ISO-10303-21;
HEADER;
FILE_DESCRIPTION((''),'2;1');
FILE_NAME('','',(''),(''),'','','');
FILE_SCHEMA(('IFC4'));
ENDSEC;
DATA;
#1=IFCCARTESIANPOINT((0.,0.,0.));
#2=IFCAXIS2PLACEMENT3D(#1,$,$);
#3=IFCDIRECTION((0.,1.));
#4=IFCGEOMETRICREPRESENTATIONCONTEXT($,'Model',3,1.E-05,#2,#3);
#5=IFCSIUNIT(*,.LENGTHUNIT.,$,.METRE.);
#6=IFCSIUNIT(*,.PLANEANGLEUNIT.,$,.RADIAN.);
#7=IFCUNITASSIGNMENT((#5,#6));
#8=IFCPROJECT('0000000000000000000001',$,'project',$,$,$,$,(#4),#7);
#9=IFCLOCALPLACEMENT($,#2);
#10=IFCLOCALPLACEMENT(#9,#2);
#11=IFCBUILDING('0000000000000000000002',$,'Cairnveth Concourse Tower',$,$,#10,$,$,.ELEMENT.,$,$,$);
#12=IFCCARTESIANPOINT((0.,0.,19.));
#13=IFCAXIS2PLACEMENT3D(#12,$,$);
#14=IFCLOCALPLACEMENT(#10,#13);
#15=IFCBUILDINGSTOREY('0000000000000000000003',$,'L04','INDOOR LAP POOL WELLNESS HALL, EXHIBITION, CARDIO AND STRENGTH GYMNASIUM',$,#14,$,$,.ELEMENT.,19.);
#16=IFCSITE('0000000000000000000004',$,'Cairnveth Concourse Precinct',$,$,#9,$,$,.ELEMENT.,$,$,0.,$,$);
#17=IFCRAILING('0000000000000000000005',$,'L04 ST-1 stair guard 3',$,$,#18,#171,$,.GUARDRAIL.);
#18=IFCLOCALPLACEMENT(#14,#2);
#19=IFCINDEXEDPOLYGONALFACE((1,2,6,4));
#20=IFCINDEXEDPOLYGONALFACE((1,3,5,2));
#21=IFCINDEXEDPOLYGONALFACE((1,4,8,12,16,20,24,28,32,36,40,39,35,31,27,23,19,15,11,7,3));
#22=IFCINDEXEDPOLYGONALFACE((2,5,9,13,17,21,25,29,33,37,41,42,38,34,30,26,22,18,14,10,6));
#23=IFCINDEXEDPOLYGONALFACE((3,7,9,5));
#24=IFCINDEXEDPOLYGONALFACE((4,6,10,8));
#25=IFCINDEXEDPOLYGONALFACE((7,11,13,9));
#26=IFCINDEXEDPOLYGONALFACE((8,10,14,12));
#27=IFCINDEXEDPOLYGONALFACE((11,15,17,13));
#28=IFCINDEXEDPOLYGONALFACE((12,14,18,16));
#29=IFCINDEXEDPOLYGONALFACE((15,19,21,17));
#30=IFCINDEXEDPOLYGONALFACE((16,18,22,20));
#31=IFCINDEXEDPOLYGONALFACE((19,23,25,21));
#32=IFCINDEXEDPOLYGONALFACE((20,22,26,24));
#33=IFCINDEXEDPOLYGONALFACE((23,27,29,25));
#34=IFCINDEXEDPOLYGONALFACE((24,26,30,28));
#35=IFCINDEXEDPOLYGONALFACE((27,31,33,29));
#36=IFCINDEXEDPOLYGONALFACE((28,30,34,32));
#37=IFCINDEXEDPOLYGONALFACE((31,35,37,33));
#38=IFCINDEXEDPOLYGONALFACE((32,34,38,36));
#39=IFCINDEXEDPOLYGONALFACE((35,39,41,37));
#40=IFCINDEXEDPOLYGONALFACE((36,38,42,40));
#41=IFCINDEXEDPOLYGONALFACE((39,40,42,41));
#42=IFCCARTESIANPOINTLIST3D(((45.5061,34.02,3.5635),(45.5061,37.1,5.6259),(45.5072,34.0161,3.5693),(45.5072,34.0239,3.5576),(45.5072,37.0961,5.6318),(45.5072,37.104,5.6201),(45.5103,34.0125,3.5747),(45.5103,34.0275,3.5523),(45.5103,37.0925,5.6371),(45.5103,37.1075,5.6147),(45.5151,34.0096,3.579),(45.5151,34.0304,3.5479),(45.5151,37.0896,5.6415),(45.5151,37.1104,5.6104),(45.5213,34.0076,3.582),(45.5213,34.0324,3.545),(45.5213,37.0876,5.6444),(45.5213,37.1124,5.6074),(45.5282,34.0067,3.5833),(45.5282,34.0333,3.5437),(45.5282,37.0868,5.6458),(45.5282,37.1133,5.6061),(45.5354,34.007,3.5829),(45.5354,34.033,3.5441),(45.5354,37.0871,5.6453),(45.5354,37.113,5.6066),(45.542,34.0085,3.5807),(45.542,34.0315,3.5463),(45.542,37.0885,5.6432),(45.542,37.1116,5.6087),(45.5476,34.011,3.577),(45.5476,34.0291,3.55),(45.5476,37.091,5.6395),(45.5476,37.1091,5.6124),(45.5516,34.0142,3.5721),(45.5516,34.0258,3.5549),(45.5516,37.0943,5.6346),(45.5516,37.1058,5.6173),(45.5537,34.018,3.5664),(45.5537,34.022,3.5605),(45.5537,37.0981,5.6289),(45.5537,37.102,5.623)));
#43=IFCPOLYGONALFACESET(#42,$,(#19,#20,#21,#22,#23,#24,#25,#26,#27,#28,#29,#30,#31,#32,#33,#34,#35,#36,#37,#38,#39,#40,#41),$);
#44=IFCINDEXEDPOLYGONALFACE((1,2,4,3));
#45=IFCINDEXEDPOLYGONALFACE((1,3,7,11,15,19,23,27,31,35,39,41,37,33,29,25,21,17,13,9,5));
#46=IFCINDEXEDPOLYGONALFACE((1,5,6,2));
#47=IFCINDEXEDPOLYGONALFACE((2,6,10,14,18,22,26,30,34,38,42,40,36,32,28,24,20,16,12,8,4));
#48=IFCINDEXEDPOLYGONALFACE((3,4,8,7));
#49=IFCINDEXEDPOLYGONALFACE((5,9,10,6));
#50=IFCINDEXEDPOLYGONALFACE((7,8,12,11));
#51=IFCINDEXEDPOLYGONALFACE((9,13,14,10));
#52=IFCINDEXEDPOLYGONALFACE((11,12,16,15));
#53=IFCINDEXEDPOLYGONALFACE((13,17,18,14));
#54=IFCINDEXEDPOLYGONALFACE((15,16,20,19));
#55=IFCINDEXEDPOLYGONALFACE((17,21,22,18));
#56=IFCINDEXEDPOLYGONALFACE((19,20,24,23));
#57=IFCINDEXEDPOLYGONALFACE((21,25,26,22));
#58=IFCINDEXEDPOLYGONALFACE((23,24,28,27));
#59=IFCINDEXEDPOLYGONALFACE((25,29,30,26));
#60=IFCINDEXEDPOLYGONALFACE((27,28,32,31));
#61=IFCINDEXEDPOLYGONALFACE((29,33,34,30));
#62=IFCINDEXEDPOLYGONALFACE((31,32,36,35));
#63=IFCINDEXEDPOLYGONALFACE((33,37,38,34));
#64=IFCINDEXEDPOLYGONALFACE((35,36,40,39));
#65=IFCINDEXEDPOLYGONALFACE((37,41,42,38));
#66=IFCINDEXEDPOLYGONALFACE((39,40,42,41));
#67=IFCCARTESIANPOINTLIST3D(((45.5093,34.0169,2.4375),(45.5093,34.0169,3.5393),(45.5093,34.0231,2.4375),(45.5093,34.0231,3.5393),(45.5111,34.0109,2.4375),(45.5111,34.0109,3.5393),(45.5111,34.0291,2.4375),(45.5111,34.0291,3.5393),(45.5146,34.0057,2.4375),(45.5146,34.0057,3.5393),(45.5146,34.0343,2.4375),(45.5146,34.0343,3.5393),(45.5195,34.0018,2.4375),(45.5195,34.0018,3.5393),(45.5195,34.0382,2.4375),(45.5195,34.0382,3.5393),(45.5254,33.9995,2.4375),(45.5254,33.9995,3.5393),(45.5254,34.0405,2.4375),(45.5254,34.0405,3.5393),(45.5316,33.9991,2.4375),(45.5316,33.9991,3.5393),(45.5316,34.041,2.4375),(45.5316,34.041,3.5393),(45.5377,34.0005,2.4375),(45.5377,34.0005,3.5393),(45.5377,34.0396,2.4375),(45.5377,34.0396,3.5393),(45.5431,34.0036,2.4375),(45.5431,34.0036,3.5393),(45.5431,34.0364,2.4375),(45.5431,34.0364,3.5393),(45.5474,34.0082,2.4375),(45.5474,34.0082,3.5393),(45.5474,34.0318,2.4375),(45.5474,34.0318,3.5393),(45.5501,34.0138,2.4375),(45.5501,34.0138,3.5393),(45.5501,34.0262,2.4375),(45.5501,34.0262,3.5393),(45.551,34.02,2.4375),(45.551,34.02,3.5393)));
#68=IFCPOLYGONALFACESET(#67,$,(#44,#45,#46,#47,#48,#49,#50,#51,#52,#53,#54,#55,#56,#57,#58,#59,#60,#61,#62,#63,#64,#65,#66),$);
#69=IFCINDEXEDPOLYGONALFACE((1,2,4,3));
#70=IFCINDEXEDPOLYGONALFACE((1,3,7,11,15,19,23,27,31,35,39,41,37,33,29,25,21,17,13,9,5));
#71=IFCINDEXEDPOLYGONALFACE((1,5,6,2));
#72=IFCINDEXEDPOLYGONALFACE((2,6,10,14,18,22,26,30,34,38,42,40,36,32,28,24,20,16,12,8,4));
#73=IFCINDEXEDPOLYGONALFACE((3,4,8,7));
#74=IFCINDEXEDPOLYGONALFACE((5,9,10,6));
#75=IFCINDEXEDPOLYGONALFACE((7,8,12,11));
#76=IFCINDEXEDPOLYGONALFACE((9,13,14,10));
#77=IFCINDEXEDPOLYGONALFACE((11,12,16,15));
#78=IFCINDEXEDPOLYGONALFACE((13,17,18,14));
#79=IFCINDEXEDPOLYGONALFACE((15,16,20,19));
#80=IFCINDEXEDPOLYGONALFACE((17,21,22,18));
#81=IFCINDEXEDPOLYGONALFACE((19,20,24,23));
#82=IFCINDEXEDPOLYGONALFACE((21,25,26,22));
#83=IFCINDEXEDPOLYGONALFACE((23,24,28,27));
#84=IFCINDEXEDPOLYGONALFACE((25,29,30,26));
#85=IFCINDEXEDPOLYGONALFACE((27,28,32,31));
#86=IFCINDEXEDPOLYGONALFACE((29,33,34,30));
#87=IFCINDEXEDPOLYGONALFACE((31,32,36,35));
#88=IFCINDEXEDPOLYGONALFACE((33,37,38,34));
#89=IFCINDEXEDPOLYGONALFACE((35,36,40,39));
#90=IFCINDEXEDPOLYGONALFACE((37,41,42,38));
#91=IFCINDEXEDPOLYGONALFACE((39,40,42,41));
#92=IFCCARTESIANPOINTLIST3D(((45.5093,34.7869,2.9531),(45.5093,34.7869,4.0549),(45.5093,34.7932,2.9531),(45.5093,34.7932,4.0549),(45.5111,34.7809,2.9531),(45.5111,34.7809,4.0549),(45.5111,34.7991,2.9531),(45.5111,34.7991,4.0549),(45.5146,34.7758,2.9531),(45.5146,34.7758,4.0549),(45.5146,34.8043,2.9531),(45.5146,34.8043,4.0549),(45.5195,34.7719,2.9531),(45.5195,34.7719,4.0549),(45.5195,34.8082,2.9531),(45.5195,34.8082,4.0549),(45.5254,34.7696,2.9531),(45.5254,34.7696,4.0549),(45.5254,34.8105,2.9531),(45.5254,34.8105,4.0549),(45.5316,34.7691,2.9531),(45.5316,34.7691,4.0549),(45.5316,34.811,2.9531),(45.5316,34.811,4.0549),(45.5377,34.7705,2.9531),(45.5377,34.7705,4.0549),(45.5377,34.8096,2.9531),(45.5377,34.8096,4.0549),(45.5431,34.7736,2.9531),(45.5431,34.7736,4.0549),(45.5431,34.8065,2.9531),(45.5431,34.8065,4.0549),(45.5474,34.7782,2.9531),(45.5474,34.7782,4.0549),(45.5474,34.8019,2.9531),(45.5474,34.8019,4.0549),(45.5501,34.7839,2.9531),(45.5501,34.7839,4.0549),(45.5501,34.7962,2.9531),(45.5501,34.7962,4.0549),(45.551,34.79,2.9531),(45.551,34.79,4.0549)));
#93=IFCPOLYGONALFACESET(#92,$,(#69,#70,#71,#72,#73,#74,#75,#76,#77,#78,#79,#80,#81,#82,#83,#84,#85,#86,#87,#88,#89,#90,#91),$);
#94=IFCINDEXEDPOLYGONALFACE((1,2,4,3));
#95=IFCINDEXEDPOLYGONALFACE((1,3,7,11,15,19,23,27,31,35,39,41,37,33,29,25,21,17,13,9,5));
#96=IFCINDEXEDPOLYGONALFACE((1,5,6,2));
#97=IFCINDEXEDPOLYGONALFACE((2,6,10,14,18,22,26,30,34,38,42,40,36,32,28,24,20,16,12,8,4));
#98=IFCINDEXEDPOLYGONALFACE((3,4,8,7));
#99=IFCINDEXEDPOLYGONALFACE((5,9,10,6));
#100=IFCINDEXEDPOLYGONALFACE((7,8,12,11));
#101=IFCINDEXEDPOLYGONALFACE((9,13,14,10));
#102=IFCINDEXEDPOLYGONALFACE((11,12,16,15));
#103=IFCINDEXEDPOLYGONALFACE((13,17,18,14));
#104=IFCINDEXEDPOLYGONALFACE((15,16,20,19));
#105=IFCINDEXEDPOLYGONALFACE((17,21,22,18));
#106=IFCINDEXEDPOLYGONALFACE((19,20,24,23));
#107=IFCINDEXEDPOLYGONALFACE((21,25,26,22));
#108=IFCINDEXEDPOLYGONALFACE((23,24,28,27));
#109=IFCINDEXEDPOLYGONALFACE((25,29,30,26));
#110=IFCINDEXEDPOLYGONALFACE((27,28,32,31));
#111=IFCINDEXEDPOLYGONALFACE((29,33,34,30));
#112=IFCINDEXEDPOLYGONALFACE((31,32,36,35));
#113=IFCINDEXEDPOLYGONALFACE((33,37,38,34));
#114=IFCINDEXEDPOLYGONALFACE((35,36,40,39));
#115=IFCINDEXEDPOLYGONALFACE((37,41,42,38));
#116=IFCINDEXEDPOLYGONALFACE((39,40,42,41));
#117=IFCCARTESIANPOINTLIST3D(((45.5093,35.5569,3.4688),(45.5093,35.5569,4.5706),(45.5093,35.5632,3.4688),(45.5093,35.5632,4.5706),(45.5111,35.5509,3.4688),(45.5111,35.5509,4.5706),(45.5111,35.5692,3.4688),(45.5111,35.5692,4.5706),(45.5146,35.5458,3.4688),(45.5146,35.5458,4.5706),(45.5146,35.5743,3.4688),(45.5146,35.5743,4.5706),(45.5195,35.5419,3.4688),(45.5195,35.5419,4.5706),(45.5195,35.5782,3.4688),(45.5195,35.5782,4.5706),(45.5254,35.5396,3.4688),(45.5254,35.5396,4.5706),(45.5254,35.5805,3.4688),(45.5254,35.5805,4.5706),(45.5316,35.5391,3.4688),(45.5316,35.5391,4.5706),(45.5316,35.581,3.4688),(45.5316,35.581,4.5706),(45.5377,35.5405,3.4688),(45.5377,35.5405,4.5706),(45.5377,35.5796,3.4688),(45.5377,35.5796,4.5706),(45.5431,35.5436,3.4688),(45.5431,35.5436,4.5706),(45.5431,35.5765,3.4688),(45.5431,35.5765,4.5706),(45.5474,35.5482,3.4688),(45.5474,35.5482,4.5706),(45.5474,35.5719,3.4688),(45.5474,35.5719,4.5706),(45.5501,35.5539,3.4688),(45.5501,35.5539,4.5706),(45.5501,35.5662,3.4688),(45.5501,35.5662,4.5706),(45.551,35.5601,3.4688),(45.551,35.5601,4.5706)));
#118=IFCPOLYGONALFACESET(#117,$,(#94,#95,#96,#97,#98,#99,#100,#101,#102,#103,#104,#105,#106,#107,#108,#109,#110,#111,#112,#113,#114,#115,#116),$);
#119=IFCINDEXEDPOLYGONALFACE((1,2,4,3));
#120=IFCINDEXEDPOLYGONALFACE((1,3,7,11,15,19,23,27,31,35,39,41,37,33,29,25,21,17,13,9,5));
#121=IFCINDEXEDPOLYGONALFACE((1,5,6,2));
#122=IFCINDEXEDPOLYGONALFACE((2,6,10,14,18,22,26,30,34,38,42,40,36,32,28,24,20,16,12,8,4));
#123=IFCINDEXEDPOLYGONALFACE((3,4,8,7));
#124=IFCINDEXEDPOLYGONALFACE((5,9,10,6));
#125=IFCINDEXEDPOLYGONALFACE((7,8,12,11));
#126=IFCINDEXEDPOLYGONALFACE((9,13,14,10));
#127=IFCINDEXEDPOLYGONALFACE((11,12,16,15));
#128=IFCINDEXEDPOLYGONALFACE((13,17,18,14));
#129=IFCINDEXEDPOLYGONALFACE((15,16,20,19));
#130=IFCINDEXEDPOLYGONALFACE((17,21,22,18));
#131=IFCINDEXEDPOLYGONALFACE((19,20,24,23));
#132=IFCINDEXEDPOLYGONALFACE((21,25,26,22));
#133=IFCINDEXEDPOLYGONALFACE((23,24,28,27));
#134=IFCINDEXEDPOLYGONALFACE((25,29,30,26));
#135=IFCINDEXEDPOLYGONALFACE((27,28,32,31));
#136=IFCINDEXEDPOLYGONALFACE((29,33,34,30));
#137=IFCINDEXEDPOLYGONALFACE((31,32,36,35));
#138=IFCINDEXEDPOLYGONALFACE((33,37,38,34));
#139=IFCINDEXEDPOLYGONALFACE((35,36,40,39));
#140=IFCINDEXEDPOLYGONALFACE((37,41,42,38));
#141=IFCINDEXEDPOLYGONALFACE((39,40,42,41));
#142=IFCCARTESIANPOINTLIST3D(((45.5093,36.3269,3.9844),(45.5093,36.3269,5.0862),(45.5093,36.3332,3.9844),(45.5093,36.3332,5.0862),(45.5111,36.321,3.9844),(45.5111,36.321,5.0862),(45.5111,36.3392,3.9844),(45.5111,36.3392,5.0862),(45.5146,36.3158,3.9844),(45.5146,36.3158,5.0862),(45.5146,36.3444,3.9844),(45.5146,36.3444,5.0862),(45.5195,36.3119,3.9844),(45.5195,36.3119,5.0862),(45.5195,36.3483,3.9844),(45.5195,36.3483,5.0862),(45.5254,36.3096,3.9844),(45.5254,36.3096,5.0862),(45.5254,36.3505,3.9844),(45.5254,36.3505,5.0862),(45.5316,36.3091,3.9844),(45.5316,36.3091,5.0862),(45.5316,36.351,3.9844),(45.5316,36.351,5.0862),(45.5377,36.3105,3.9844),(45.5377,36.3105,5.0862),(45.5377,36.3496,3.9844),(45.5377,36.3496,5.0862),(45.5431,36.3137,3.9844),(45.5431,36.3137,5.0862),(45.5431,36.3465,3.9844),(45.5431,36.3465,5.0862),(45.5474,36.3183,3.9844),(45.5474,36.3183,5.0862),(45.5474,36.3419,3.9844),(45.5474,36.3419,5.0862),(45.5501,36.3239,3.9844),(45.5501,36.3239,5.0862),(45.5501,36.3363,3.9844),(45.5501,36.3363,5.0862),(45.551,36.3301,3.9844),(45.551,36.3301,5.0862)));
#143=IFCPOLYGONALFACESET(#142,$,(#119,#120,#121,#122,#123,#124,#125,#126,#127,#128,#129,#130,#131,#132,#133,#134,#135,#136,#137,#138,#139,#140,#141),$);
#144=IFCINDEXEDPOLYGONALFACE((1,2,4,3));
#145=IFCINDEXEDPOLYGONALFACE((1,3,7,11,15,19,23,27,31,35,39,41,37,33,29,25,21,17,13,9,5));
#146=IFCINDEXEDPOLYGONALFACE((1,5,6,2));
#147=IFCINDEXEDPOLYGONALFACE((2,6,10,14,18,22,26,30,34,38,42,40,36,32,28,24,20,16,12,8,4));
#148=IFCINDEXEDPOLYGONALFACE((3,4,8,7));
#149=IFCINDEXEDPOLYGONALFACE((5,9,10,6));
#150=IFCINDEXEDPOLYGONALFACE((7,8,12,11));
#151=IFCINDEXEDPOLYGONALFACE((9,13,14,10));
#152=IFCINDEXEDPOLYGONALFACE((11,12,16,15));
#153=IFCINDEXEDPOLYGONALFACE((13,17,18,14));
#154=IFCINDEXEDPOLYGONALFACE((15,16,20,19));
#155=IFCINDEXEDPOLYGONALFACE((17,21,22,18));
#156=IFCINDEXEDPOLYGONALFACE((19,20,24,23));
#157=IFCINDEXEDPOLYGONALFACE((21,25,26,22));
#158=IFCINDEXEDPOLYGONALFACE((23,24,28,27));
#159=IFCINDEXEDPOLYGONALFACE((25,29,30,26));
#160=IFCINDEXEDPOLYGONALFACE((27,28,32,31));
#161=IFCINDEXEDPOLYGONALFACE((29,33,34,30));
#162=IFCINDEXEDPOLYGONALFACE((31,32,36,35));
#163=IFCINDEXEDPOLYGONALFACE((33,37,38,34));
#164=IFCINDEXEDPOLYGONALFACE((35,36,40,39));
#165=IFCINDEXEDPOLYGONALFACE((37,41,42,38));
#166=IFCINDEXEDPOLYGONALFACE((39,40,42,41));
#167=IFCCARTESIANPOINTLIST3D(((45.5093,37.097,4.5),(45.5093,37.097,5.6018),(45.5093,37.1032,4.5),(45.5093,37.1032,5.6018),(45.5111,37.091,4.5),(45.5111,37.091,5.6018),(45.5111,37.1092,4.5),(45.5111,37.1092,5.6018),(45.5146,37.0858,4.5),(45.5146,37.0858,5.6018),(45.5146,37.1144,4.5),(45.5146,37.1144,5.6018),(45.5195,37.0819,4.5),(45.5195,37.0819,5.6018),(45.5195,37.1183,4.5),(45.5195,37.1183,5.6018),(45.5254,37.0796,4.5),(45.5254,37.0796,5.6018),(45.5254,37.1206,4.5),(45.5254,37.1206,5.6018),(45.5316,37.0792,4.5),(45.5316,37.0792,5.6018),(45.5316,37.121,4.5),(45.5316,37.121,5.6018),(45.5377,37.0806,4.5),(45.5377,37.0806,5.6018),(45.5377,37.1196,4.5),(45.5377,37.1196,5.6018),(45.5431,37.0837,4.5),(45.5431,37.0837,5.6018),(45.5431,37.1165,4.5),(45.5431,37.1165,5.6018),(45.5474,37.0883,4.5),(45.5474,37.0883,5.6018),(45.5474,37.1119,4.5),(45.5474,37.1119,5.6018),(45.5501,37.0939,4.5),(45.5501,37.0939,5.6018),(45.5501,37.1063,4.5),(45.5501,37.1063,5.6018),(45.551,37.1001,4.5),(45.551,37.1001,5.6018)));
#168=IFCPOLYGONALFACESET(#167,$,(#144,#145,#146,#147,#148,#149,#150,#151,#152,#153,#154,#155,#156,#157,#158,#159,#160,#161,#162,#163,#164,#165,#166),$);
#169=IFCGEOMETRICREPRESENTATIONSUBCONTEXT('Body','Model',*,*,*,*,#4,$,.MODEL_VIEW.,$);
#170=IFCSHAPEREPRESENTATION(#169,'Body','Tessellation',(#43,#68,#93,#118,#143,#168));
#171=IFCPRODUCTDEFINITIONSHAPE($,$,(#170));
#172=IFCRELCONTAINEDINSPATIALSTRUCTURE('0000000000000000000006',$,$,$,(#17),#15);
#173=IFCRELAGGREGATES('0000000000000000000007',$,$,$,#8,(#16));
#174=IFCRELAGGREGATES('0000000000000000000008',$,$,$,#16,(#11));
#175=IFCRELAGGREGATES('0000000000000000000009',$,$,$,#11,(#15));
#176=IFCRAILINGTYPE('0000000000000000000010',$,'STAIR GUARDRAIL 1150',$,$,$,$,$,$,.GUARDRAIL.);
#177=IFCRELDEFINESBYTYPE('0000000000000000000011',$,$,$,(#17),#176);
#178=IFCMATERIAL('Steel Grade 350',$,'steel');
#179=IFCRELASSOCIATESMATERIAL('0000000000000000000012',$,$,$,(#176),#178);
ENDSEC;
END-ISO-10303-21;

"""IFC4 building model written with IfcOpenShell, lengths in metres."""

from ifc_helpers import new_model, si_unit, direction, frame, origin, origin_2d, place, context, subcontext, project, spatial, circle, extrude, material, type_object, element, save


model = new_model("IFC4")

# Units and contexts
model_context = context("Model", 3, precision=1e-05, world=origin(), true_north=direction((0.0, 1.0)))
body_context = subcontext(model_context, "Body", "Model", "MODEL_VIEW")
ifc_project = project(units=[si_unit("LENGTHUNIT", "METRE"), si_unit("PLANEANGLEUNIT", "RADIAN")], contexts=[model_context])

# Site, building, storey
site_placement = place(None, origin())
site = spatial("IfcSite", under=ifc_project, at=site_placement, Name="Cairnveth Concourse Precinct", CompositionType="ELEMENT", RefElevation=0.0)
building_placement = place(site_placement, origin())
building = spatial("IfcBuilding", under=site, at=building_placement, Name="Cairnveth Concourse Tower", CompositionType="ELEMENT")
storey_placement = place(building_placement, frame((0.0, 0.0, 19.0)))
storey = spatial("IfcBuildingStorey", under=building, at=storey_placement, Name="L04", Description="INDOOR LAP POOL WELLNESS HALL, EXHIBITION, CARDIO AND STRENGTH GYMNASIUM", CompositionType="ELEMENT", Elevation=19.0)

# Shared definitions
ifc_material_1 = material(Name="Steel Grade 350", Category="steel")

# Railing
railing_type_1 = type_object("IfcRailingType", Name="STAIR GUARDRAIL 1150", PredefinedType="GUARDRAIL", material=ifc_material_1)
railing_1_placement = place(storey_placement, frame((45.53, 34.02, 2.4375)))
element("IfcRailing", 1, at=railing_1_placement, inside=storey, type_object=railing_type_1, Name="L04 ST-1 stair guard 3", PredefinedType="GUARDRAIL", context=body_context, shape_type="SweptSolid", body=[
    extrude(circle(Radius=0.0239, at=origin_2d()), frame((0.0, 0.0, 1.126), z_axis=(0.0, 0.830914, 0.556401), x_axis=(-1.0, 0.0, 0.0)), (0.0, 0.0, 1.0), 3.7068),
    extrude(circle(Radius=0.021, at=origin_2d()), origin(), (0.0, 0.0, 1.0), 1.1018),
    extrude(circle(Radius=0.021, at=origin_2d()), frame((0.0, 0.77, 0.5156)), (0.0, 0.0, 1.0), 1.1018),
    extrude(circle(Radius=0.021, at=origin_2d()), frame((0.0, 1.54, 1.0312)), (0.0, 0.0, 1.0), 1.1018),
    extrude(circle(Radius=0.021, at=origin_2d()), frame((0.0, 2.3101, 1.5469)), (0.0, 0.0, 1.0), 1.1018),
    extrude(circle(Radius=0.021, at=origin_2d()), frame((0.0, 3.0801, 2.0625)), (0.0, 0.0, 1.0), 1.1018),
])

save(model, "model.ifc")
